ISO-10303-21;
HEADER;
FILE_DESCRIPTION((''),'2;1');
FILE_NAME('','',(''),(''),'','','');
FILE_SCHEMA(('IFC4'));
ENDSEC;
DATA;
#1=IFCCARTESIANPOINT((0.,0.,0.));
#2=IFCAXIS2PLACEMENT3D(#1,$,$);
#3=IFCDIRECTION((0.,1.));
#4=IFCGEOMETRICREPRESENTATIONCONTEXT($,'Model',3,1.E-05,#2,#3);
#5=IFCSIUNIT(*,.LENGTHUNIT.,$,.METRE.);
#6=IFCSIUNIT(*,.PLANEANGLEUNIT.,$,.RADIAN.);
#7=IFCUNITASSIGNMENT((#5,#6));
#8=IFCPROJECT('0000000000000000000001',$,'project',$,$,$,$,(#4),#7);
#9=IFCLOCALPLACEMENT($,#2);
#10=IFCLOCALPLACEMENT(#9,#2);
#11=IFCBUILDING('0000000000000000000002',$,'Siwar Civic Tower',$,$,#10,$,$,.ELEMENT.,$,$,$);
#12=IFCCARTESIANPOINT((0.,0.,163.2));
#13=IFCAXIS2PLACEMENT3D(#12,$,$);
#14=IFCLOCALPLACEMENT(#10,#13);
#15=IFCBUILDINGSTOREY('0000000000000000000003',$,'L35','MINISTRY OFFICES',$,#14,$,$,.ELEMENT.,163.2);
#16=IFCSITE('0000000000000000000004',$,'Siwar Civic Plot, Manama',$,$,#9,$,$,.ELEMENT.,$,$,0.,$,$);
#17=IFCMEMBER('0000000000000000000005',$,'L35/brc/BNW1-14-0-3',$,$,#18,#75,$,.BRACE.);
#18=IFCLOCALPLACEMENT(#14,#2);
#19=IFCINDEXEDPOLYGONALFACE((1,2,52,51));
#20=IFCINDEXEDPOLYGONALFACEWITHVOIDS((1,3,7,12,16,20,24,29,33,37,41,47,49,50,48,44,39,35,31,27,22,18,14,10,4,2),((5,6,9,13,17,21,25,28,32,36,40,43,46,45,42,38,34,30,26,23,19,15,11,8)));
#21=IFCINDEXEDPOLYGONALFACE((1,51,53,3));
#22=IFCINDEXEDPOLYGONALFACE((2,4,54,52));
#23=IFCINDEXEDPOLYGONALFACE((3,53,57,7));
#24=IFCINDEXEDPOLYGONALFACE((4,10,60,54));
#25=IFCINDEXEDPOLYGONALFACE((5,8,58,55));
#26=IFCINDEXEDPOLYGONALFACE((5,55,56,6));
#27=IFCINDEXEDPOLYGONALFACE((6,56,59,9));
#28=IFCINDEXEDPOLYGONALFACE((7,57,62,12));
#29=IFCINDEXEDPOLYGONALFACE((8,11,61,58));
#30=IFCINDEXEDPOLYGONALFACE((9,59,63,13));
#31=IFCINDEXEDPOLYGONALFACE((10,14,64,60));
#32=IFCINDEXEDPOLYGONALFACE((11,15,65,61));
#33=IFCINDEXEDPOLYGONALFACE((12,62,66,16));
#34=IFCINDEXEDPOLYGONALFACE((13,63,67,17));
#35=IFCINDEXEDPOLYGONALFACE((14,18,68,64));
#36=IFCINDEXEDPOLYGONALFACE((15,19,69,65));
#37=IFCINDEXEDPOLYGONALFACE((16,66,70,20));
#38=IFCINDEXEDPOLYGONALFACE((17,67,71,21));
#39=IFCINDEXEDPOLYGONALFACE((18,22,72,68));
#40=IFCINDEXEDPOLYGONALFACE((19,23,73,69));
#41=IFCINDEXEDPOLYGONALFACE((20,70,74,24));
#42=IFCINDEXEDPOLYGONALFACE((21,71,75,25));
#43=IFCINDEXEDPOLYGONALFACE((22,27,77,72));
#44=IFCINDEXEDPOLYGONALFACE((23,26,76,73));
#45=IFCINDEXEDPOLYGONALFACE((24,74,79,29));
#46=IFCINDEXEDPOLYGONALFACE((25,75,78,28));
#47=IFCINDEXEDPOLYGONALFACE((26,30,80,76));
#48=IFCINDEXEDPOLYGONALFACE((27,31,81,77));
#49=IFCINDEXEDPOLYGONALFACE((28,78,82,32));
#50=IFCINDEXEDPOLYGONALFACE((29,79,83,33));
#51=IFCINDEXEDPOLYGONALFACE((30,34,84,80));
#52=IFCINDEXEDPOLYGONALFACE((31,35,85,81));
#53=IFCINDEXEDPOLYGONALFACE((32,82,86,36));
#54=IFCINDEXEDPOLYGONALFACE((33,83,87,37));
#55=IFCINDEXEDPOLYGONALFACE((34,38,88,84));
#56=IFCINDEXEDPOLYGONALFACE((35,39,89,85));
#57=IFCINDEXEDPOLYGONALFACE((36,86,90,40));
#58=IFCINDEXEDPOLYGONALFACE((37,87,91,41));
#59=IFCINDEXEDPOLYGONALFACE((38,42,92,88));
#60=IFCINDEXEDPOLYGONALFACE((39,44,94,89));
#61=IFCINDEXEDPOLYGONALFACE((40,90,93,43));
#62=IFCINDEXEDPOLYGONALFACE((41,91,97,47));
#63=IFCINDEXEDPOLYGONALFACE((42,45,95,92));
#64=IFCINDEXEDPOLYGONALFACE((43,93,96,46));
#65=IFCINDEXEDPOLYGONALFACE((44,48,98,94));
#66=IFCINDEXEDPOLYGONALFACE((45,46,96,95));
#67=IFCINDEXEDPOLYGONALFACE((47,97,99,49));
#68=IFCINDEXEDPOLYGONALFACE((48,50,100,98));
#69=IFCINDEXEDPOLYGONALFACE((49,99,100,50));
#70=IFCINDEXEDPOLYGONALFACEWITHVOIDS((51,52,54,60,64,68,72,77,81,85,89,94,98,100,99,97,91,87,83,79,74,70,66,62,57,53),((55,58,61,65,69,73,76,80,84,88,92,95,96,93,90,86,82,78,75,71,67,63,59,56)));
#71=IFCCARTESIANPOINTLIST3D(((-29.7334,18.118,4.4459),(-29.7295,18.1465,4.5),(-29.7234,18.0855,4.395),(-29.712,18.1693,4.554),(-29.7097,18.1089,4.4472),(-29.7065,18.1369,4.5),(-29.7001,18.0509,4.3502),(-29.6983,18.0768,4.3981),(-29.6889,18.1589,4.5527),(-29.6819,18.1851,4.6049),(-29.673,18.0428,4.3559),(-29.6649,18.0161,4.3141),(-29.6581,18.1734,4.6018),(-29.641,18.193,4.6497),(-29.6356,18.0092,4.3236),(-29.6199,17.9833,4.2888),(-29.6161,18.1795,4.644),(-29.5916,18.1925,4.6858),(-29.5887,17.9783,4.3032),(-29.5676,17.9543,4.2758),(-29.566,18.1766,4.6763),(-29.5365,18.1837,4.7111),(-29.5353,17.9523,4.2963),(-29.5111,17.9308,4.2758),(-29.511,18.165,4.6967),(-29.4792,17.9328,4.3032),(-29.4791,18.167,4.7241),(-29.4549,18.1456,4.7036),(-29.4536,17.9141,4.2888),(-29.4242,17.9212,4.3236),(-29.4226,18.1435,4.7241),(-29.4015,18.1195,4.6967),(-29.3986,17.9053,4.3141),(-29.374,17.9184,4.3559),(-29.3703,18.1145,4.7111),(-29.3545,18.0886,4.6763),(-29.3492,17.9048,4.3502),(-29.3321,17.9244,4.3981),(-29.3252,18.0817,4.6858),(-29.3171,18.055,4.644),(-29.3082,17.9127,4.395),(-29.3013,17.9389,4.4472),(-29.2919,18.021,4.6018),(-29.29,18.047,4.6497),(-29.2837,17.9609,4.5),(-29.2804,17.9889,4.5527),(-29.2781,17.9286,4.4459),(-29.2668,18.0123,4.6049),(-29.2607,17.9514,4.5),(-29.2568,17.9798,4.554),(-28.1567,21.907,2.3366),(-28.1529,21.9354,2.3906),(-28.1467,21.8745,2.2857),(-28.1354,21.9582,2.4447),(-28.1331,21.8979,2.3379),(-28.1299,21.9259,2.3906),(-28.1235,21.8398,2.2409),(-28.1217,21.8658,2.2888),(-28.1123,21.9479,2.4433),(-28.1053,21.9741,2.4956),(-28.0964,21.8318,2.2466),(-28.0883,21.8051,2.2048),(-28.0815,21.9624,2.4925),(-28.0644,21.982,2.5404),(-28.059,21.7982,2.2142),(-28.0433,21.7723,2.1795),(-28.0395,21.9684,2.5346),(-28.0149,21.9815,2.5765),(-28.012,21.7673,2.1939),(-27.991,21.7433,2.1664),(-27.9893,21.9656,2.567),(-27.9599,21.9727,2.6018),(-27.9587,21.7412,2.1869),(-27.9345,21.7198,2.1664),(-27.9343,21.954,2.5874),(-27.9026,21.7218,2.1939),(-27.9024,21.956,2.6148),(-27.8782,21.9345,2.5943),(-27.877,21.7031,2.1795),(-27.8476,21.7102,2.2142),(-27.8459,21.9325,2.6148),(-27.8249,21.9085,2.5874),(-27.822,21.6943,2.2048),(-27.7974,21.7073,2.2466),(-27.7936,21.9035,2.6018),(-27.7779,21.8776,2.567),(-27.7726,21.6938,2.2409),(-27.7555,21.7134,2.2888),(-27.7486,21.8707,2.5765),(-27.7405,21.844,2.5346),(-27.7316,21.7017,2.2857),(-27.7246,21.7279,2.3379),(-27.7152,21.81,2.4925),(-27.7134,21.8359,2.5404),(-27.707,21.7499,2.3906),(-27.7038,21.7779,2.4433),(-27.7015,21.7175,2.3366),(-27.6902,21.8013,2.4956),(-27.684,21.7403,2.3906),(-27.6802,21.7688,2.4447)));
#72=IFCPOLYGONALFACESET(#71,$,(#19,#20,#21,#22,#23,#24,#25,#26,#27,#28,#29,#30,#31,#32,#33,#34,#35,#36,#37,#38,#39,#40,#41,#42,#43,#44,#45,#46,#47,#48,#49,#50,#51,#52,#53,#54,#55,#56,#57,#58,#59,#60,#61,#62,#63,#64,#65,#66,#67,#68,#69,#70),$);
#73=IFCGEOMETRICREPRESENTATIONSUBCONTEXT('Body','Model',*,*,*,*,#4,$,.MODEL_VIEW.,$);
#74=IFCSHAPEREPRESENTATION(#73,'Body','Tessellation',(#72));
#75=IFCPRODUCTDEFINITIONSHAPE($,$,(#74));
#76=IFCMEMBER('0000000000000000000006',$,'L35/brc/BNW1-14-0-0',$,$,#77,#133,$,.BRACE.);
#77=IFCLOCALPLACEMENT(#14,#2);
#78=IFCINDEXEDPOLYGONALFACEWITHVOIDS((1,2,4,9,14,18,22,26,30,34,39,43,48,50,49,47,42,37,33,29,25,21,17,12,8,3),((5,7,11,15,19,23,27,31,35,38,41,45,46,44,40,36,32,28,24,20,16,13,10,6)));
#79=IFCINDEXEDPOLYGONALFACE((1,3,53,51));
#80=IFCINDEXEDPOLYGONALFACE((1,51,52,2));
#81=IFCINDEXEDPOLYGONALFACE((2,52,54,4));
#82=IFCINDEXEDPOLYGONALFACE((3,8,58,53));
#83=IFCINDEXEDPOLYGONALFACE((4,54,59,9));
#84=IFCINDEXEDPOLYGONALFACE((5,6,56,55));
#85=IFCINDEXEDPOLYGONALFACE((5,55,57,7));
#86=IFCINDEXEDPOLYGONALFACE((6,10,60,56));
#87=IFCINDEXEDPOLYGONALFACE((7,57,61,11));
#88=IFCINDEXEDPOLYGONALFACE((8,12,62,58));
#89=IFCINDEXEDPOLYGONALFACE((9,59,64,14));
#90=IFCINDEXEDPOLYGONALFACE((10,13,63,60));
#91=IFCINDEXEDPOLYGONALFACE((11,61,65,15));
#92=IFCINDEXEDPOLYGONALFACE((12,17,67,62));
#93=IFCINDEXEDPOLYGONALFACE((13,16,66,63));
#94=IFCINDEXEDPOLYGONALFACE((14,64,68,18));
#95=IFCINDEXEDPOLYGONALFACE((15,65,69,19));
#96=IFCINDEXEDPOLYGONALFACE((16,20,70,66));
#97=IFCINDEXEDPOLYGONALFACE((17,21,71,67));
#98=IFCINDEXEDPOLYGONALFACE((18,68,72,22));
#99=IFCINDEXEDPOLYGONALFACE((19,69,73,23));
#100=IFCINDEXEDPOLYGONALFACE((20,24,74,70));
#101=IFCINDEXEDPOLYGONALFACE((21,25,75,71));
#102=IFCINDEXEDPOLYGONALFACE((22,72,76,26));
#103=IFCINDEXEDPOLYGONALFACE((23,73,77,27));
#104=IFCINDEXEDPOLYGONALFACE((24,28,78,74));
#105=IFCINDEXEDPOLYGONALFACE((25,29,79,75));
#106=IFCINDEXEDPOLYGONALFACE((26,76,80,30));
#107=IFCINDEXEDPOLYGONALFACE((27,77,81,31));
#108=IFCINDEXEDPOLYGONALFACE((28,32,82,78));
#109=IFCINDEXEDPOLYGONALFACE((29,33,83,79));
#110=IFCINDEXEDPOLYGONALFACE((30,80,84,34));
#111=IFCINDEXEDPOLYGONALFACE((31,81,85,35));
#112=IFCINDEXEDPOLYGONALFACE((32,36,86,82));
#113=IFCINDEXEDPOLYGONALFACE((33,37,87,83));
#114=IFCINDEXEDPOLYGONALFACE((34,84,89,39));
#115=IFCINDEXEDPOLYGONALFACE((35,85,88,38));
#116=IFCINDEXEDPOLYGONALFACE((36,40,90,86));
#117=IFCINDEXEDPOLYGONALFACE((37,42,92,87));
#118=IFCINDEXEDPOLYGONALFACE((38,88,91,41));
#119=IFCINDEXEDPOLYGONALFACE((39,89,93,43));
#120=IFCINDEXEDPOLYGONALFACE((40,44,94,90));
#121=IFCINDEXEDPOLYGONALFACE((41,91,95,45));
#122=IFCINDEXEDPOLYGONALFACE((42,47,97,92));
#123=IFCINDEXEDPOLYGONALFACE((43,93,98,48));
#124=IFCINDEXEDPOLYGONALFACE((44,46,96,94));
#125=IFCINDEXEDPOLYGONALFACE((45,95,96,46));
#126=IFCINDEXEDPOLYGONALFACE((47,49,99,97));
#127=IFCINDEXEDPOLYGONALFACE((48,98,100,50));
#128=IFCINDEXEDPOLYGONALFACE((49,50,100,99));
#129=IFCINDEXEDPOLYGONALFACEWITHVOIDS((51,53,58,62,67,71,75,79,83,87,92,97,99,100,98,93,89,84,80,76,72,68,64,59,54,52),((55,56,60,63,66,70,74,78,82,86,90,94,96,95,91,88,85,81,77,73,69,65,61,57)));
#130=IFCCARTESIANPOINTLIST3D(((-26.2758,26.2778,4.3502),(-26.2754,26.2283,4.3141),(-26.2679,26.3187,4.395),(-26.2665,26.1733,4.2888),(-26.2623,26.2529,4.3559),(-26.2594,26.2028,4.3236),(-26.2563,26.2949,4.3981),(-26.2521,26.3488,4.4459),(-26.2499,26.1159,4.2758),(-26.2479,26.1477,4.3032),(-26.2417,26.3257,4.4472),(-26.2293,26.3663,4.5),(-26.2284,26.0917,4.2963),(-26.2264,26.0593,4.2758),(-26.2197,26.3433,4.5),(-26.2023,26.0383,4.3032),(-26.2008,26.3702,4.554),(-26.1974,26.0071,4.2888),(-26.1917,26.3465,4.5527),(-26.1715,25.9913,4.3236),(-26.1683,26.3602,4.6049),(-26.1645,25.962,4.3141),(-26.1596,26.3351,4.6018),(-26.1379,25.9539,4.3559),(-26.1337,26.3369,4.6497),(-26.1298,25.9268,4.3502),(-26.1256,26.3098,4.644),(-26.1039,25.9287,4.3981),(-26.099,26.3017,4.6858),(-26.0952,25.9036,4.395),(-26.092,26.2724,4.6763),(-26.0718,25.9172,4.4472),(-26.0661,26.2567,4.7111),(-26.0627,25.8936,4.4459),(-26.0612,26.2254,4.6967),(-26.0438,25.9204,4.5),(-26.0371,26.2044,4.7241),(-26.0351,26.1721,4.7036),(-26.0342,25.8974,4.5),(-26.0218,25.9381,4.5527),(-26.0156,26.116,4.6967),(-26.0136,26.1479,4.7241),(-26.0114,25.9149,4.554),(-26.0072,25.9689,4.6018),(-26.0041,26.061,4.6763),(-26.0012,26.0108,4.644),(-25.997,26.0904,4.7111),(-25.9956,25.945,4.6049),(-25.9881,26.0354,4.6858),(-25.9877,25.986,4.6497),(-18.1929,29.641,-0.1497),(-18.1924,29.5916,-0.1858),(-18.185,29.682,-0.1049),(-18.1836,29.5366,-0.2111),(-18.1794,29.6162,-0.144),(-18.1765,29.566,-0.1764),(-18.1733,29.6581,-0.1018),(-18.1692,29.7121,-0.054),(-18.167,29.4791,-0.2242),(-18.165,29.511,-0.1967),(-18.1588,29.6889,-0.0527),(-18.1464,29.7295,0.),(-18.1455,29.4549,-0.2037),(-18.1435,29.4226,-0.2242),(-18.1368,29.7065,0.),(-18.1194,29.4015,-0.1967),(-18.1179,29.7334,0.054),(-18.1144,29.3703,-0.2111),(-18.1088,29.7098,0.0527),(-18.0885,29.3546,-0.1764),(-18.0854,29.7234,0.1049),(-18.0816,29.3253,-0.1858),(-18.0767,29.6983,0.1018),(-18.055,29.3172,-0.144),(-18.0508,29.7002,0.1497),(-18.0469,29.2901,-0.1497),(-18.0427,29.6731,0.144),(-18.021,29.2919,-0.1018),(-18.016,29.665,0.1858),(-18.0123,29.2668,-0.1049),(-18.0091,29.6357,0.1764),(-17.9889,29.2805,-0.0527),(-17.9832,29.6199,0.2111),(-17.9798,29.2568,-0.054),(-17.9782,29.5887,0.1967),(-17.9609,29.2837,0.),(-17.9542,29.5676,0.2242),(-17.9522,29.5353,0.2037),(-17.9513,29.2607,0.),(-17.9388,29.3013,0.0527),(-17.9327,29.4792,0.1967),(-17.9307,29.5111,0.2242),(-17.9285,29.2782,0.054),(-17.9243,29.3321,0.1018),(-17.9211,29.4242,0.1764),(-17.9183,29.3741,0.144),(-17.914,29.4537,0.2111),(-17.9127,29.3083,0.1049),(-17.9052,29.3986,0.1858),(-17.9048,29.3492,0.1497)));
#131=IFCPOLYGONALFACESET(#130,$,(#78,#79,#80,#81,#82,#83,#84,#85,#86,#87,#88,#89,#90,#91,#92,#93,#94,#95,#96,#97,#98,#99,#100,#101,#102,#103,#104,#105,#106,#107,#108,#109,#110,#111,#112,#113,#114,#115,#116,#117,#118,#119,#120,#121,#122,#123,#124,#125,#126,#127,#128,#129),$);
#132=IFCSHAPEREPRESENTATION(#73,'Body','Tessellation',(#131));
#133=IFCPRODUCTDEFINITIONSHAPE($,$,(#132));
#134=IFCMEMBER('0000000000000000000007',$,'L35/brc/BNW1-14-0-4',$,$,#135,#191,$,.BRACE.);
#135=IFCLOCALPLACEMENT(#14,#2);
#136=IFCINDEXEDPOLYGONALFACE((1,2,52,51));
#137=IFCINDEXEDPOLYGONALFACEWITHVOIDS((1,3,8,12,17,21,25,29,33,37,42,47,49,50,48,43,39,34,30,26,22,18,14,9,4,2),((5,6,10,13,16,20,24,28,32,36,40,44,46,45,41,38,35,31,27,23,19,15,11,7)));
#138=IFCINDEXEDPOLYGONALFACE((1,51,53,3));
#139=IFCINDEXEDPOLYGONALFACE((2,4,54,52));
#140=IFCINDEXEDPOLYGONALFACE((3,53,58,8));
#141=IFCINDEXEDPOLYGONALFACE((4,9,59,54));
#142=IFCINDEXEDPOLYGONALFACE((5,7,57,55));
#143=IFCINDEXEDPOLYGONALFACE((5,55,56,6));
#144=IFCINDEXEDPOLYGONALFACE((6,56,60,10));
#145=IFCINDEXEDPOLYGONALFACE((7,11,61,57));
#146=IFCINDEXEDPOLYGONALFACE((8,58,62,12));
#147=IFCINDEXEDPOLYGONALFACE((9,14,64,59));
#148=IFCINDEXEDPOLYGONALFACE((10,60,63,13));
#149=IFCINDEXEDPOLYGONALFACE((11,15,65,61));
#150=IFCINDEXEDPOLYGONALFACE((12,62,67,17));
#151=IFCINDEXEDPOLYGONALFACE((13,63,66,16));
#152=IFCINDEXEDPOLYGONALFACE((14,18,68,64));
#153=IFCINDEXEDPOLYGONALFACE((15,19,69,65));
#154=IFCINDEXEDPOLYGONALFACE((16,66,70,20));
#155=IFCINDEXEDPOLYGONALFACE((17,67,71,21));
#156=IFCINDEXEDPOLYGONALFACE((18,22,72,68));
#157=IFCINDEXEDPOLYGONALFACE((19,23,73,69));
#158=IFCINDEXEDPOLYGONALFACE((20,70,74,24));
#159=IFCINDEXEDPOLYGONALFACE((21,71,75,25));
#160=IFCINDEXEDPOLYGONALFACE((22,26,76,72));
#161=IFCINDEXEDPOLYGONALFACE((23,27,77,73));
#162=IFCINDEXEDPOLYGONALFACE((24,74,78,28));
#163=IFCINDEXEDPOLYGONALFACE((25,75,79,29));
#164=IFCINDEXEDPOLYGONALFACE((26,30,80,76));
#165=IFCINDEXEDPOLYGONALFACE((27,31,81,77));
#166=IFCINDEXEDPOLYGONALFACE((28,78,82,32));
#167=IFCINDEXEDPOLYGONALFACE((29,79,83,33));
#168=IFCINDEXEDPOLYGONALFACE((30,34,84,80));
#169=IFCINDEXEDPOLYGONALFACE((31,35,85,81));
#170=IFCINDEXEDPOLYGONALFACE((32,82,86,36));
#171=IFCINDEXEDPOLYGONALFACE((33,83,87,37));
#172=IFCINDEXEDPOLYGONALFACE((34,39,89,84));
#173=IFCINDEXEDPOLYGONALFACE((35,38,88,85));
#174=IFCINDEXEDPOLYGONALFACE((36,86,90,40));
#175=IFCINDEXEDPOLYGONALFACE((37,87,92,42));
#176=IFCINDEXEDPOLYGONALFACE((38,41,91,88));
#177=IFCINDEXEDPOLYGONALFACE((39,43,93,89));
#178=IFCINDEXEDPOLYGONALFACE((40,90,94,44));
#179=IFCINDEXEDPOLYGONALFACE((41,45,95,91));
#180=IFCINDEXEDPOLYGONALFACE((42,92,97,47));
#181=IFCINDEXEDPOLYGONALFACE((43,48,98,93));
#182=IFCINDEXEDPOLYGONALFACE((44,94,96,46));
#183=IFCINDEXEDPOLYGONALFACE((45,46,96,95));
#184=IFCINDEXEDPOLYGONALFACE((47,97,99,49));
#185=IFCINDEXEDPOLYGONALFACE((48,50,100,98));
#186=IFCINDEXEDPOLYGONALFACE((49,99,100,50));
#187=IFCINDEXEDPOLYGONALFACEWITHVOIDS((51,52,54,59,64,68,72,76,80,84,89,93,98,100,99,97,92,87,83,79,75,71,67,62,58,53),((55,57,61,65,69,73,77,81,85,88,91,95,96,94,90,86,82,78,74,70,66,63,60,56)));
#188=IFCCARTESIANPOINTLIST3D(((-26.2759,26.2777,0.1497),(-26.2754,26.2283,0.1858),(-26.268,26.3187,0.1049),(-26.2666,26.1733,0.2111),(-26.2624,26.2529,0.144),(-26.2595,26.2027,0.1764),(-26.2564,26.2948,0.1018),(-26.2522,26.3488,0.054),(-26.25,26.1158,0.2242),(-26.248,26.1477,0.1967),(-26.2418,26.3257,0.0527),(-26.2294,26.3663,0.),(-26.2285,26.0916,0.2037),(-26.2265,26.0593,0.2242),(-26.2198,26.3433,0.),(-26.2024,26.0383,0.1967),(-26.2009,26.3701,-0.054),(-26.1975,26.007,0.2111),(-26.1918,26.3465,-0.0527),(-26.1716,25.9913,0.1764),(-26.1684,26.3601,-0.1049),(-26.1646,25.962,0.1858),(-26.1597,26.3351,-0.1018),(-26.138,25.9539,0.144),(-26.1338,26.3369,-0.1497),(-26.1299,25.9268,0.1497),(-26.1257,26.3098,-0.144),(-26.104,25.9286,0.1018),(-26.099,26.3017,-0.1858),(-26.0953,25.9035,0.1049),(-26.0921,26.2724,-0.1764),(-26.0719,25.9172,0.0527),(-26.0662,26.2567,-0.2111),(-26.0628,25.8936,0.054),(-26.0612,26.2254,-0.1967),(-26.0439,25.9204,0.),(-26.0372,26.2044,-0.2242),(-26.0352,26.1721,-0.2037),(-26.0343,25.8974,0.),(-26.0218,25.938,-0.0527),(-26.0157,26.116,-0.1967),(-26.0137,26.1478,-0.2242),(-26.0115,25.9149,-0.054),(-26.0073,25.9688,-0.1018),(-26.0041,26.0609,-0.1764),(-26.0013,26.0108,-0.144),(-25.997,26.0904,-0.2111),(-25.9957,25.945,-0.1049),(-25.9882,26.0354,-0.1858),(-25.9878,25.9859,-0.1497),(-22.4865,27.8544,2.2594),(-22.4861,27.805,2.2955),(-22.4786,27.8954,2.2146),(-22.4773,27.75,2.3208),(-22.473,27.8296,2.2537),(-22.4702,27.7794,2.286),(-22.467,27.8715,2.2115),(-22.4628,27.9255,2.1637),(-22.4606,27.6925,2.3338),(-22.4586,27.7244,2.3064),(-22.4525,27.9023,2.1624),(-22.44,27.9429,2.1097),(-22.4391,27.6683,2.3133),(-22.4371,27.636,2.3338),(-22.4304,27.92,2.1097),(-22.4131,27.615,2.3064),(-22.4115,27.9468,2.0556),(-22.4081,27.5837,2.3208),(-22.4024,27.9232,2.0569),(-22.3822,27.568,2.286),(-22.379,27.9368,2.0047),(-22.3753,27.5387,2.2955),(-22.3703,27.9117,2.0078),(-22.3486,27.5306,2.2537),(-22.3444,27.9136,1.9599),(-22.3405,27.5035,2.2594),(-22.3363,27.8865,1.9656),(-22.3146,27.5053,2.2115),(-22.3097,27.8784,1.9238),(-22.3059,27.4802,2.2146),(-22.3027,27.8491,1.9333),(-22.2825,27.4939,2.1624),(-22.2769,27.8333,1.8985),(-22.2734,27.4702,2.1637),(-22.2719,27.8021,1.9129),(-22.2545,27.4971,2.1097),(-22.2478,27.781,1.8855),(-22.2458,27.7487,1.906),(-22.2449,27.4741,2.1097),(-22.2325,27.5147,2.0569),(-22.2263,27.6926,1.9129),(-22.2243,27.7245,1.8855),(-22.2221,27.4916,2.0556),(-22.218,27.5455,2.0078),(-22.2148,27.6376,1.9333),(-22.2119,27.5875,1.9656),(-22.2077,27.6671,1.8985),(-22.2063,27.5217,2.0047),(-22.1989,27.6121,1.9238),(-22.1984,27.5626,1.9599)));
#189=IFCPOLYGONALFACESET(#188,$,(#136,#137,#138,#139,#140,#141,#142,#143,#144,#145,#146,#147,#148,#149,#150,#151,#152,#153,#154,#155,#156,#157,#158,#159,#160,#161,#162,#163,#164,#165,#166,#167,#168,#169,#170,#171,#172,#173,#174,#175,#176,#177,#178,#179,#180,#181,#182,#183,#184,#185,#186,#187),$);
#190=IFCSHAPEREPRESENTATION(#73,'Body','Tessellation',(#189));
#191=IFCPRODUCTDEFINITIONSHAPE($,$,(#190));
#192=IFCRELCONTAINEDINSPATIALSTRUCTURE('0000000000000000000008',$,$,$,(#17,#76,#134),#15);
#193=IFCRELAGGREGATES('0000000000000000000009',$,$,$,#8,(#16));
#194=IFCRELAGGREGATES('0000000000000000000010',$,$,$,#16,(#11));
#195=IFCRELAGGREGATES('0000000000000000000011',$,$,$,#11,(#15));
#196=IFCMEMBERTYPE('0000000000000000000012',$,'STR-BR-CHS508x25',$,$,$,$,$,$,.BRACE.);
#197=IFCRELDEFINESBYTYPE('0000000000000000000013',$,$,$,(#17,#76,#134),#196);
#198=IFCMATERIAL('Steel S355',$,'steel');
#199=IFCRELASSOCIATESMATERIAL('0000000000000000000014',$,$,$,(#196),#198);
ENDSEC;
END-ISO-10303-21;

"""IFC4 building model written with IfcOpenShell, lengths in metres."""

from ifc_helpers import new_model, si_unit, direction, frame, origin, origin_2d, place, context, subcontext, project, spatial, hollow_circle, extrude, material, material_profile, profile_set, type_object, element, save


model = new_model("IFC4")

# Units and contexts
model_context = context("Model", 3, precision=1e-05, world=origin(), true_north=direction((0.0, 1.0)))
body_context = subcontext(model_context, "Body", "Model", "MODEL_VIEW")
ifc_project = project(units=[si_unit("LENGTHUNIT", "METRE"), si_unit("PLANEANGLEUNIT", "RADIAN")], contexts=[model_context])

# Site, building, storey
site_placement = place(None, origin())
site = spatial("IfcSite", under=ifc_project, at=site_placement, Name="Siwar Civic Plot, Manama", CompositionType="ELEMENT", RefElevation=0.0)
building_placement = place(site_placement, origin())
building = spatial("IfcBuilding", under=site, at=building_placement, Name="Siwar Civic Tower", CompositionType="ELEMENT")
storey_placement = place(building_placement, frame((0.0, 0.0, 163.2)))
storey = spatial("IfcBuildingStorey", under=building, at=storey_placement, Name="L35", Description="MINISTRY OFFICES", CompositionType="ELEMENT", Elevation=163.2)

# Members
ifc_material_1 = material(Name="Steel S355", Category="steel")
ifc_material_profile_1 = material_profile(ifc_material_1, hollow_circle(Radius=0.2539, WallThickness=0.0249, at=origin_2d()), Name="CHS508x25")
ifc_profile_set_1 = profile_set([ifc_material_profile_1], Name="Steel S355")
member_type_1 = type_object("IfcMemberType", Name="STR-BR-CHS508x25", PredefinedType="BRACE", material=ifc_profile_set_1)
member_1_placement = place(storey_placement, frame((-27.9185, 21.8379, 2.3906), z_axis=(-0.341686, -0.821146, 0.457133), x_axis=(0.92326, -0.384176, 0.0)))
element("IfcMember", 1, at=member_1_placement, inside=storey, type_object=member_type_1, Name="L35/brc/BNW1-14-0-3", PredefinedType="BRACE", context=body_context, shape_type="SweptSolid", body=[
    extrude(hollow_circle(Radius=0.2539, WallThickness=0.0249, at=origin_2d()), origin(), (0.0, 0.0, 1.0), 4.6143),
])
member_2_placement = place(storey_placement, frame((-18.0488, 29.4951, 0.0), z_axis=(-0.821143, -0.341671, 0.457149), x_axis=(0.384164, -0.923265, 0.0)))
element("IfcMember", 2, at=member_2_placement, inside=storey, type_object=member_type_1, Name="L35/brc/BNW1-14-0-0", PredefinedType="BRACE", context=body_context, shape_type="SweptSolid", body=[
    extrude(hollow_circle(Radius=0.2539, WallThickness=0.0249, at=origin_2d()), origin(), (0.0, 0.0, 1.0), 9.8435),
])
member_3_placement = place(storey_placement, frame((-26.1318, 26.1318, 0.0), z_axis=(0.821143, 0.341662, 0.457155), x_axis=(-0.384155, 0.923269, 0.0)))
element("IfcMember", 3, at=member_3_placement, inside=storey, type_object=member_type_1, Name="L35/brc/BNW1-14-0-4", PredefinedType="BRACE", context=body_context, shape_type="SweptSolid", body=[
    extrude(hollow_circle(Radius=0.2539, WallThickness=0.0249, at=origin_2d()), origin(), (0.0, 0.0, 1.0), 4.6147),
])

save(model, "model.ifc")
